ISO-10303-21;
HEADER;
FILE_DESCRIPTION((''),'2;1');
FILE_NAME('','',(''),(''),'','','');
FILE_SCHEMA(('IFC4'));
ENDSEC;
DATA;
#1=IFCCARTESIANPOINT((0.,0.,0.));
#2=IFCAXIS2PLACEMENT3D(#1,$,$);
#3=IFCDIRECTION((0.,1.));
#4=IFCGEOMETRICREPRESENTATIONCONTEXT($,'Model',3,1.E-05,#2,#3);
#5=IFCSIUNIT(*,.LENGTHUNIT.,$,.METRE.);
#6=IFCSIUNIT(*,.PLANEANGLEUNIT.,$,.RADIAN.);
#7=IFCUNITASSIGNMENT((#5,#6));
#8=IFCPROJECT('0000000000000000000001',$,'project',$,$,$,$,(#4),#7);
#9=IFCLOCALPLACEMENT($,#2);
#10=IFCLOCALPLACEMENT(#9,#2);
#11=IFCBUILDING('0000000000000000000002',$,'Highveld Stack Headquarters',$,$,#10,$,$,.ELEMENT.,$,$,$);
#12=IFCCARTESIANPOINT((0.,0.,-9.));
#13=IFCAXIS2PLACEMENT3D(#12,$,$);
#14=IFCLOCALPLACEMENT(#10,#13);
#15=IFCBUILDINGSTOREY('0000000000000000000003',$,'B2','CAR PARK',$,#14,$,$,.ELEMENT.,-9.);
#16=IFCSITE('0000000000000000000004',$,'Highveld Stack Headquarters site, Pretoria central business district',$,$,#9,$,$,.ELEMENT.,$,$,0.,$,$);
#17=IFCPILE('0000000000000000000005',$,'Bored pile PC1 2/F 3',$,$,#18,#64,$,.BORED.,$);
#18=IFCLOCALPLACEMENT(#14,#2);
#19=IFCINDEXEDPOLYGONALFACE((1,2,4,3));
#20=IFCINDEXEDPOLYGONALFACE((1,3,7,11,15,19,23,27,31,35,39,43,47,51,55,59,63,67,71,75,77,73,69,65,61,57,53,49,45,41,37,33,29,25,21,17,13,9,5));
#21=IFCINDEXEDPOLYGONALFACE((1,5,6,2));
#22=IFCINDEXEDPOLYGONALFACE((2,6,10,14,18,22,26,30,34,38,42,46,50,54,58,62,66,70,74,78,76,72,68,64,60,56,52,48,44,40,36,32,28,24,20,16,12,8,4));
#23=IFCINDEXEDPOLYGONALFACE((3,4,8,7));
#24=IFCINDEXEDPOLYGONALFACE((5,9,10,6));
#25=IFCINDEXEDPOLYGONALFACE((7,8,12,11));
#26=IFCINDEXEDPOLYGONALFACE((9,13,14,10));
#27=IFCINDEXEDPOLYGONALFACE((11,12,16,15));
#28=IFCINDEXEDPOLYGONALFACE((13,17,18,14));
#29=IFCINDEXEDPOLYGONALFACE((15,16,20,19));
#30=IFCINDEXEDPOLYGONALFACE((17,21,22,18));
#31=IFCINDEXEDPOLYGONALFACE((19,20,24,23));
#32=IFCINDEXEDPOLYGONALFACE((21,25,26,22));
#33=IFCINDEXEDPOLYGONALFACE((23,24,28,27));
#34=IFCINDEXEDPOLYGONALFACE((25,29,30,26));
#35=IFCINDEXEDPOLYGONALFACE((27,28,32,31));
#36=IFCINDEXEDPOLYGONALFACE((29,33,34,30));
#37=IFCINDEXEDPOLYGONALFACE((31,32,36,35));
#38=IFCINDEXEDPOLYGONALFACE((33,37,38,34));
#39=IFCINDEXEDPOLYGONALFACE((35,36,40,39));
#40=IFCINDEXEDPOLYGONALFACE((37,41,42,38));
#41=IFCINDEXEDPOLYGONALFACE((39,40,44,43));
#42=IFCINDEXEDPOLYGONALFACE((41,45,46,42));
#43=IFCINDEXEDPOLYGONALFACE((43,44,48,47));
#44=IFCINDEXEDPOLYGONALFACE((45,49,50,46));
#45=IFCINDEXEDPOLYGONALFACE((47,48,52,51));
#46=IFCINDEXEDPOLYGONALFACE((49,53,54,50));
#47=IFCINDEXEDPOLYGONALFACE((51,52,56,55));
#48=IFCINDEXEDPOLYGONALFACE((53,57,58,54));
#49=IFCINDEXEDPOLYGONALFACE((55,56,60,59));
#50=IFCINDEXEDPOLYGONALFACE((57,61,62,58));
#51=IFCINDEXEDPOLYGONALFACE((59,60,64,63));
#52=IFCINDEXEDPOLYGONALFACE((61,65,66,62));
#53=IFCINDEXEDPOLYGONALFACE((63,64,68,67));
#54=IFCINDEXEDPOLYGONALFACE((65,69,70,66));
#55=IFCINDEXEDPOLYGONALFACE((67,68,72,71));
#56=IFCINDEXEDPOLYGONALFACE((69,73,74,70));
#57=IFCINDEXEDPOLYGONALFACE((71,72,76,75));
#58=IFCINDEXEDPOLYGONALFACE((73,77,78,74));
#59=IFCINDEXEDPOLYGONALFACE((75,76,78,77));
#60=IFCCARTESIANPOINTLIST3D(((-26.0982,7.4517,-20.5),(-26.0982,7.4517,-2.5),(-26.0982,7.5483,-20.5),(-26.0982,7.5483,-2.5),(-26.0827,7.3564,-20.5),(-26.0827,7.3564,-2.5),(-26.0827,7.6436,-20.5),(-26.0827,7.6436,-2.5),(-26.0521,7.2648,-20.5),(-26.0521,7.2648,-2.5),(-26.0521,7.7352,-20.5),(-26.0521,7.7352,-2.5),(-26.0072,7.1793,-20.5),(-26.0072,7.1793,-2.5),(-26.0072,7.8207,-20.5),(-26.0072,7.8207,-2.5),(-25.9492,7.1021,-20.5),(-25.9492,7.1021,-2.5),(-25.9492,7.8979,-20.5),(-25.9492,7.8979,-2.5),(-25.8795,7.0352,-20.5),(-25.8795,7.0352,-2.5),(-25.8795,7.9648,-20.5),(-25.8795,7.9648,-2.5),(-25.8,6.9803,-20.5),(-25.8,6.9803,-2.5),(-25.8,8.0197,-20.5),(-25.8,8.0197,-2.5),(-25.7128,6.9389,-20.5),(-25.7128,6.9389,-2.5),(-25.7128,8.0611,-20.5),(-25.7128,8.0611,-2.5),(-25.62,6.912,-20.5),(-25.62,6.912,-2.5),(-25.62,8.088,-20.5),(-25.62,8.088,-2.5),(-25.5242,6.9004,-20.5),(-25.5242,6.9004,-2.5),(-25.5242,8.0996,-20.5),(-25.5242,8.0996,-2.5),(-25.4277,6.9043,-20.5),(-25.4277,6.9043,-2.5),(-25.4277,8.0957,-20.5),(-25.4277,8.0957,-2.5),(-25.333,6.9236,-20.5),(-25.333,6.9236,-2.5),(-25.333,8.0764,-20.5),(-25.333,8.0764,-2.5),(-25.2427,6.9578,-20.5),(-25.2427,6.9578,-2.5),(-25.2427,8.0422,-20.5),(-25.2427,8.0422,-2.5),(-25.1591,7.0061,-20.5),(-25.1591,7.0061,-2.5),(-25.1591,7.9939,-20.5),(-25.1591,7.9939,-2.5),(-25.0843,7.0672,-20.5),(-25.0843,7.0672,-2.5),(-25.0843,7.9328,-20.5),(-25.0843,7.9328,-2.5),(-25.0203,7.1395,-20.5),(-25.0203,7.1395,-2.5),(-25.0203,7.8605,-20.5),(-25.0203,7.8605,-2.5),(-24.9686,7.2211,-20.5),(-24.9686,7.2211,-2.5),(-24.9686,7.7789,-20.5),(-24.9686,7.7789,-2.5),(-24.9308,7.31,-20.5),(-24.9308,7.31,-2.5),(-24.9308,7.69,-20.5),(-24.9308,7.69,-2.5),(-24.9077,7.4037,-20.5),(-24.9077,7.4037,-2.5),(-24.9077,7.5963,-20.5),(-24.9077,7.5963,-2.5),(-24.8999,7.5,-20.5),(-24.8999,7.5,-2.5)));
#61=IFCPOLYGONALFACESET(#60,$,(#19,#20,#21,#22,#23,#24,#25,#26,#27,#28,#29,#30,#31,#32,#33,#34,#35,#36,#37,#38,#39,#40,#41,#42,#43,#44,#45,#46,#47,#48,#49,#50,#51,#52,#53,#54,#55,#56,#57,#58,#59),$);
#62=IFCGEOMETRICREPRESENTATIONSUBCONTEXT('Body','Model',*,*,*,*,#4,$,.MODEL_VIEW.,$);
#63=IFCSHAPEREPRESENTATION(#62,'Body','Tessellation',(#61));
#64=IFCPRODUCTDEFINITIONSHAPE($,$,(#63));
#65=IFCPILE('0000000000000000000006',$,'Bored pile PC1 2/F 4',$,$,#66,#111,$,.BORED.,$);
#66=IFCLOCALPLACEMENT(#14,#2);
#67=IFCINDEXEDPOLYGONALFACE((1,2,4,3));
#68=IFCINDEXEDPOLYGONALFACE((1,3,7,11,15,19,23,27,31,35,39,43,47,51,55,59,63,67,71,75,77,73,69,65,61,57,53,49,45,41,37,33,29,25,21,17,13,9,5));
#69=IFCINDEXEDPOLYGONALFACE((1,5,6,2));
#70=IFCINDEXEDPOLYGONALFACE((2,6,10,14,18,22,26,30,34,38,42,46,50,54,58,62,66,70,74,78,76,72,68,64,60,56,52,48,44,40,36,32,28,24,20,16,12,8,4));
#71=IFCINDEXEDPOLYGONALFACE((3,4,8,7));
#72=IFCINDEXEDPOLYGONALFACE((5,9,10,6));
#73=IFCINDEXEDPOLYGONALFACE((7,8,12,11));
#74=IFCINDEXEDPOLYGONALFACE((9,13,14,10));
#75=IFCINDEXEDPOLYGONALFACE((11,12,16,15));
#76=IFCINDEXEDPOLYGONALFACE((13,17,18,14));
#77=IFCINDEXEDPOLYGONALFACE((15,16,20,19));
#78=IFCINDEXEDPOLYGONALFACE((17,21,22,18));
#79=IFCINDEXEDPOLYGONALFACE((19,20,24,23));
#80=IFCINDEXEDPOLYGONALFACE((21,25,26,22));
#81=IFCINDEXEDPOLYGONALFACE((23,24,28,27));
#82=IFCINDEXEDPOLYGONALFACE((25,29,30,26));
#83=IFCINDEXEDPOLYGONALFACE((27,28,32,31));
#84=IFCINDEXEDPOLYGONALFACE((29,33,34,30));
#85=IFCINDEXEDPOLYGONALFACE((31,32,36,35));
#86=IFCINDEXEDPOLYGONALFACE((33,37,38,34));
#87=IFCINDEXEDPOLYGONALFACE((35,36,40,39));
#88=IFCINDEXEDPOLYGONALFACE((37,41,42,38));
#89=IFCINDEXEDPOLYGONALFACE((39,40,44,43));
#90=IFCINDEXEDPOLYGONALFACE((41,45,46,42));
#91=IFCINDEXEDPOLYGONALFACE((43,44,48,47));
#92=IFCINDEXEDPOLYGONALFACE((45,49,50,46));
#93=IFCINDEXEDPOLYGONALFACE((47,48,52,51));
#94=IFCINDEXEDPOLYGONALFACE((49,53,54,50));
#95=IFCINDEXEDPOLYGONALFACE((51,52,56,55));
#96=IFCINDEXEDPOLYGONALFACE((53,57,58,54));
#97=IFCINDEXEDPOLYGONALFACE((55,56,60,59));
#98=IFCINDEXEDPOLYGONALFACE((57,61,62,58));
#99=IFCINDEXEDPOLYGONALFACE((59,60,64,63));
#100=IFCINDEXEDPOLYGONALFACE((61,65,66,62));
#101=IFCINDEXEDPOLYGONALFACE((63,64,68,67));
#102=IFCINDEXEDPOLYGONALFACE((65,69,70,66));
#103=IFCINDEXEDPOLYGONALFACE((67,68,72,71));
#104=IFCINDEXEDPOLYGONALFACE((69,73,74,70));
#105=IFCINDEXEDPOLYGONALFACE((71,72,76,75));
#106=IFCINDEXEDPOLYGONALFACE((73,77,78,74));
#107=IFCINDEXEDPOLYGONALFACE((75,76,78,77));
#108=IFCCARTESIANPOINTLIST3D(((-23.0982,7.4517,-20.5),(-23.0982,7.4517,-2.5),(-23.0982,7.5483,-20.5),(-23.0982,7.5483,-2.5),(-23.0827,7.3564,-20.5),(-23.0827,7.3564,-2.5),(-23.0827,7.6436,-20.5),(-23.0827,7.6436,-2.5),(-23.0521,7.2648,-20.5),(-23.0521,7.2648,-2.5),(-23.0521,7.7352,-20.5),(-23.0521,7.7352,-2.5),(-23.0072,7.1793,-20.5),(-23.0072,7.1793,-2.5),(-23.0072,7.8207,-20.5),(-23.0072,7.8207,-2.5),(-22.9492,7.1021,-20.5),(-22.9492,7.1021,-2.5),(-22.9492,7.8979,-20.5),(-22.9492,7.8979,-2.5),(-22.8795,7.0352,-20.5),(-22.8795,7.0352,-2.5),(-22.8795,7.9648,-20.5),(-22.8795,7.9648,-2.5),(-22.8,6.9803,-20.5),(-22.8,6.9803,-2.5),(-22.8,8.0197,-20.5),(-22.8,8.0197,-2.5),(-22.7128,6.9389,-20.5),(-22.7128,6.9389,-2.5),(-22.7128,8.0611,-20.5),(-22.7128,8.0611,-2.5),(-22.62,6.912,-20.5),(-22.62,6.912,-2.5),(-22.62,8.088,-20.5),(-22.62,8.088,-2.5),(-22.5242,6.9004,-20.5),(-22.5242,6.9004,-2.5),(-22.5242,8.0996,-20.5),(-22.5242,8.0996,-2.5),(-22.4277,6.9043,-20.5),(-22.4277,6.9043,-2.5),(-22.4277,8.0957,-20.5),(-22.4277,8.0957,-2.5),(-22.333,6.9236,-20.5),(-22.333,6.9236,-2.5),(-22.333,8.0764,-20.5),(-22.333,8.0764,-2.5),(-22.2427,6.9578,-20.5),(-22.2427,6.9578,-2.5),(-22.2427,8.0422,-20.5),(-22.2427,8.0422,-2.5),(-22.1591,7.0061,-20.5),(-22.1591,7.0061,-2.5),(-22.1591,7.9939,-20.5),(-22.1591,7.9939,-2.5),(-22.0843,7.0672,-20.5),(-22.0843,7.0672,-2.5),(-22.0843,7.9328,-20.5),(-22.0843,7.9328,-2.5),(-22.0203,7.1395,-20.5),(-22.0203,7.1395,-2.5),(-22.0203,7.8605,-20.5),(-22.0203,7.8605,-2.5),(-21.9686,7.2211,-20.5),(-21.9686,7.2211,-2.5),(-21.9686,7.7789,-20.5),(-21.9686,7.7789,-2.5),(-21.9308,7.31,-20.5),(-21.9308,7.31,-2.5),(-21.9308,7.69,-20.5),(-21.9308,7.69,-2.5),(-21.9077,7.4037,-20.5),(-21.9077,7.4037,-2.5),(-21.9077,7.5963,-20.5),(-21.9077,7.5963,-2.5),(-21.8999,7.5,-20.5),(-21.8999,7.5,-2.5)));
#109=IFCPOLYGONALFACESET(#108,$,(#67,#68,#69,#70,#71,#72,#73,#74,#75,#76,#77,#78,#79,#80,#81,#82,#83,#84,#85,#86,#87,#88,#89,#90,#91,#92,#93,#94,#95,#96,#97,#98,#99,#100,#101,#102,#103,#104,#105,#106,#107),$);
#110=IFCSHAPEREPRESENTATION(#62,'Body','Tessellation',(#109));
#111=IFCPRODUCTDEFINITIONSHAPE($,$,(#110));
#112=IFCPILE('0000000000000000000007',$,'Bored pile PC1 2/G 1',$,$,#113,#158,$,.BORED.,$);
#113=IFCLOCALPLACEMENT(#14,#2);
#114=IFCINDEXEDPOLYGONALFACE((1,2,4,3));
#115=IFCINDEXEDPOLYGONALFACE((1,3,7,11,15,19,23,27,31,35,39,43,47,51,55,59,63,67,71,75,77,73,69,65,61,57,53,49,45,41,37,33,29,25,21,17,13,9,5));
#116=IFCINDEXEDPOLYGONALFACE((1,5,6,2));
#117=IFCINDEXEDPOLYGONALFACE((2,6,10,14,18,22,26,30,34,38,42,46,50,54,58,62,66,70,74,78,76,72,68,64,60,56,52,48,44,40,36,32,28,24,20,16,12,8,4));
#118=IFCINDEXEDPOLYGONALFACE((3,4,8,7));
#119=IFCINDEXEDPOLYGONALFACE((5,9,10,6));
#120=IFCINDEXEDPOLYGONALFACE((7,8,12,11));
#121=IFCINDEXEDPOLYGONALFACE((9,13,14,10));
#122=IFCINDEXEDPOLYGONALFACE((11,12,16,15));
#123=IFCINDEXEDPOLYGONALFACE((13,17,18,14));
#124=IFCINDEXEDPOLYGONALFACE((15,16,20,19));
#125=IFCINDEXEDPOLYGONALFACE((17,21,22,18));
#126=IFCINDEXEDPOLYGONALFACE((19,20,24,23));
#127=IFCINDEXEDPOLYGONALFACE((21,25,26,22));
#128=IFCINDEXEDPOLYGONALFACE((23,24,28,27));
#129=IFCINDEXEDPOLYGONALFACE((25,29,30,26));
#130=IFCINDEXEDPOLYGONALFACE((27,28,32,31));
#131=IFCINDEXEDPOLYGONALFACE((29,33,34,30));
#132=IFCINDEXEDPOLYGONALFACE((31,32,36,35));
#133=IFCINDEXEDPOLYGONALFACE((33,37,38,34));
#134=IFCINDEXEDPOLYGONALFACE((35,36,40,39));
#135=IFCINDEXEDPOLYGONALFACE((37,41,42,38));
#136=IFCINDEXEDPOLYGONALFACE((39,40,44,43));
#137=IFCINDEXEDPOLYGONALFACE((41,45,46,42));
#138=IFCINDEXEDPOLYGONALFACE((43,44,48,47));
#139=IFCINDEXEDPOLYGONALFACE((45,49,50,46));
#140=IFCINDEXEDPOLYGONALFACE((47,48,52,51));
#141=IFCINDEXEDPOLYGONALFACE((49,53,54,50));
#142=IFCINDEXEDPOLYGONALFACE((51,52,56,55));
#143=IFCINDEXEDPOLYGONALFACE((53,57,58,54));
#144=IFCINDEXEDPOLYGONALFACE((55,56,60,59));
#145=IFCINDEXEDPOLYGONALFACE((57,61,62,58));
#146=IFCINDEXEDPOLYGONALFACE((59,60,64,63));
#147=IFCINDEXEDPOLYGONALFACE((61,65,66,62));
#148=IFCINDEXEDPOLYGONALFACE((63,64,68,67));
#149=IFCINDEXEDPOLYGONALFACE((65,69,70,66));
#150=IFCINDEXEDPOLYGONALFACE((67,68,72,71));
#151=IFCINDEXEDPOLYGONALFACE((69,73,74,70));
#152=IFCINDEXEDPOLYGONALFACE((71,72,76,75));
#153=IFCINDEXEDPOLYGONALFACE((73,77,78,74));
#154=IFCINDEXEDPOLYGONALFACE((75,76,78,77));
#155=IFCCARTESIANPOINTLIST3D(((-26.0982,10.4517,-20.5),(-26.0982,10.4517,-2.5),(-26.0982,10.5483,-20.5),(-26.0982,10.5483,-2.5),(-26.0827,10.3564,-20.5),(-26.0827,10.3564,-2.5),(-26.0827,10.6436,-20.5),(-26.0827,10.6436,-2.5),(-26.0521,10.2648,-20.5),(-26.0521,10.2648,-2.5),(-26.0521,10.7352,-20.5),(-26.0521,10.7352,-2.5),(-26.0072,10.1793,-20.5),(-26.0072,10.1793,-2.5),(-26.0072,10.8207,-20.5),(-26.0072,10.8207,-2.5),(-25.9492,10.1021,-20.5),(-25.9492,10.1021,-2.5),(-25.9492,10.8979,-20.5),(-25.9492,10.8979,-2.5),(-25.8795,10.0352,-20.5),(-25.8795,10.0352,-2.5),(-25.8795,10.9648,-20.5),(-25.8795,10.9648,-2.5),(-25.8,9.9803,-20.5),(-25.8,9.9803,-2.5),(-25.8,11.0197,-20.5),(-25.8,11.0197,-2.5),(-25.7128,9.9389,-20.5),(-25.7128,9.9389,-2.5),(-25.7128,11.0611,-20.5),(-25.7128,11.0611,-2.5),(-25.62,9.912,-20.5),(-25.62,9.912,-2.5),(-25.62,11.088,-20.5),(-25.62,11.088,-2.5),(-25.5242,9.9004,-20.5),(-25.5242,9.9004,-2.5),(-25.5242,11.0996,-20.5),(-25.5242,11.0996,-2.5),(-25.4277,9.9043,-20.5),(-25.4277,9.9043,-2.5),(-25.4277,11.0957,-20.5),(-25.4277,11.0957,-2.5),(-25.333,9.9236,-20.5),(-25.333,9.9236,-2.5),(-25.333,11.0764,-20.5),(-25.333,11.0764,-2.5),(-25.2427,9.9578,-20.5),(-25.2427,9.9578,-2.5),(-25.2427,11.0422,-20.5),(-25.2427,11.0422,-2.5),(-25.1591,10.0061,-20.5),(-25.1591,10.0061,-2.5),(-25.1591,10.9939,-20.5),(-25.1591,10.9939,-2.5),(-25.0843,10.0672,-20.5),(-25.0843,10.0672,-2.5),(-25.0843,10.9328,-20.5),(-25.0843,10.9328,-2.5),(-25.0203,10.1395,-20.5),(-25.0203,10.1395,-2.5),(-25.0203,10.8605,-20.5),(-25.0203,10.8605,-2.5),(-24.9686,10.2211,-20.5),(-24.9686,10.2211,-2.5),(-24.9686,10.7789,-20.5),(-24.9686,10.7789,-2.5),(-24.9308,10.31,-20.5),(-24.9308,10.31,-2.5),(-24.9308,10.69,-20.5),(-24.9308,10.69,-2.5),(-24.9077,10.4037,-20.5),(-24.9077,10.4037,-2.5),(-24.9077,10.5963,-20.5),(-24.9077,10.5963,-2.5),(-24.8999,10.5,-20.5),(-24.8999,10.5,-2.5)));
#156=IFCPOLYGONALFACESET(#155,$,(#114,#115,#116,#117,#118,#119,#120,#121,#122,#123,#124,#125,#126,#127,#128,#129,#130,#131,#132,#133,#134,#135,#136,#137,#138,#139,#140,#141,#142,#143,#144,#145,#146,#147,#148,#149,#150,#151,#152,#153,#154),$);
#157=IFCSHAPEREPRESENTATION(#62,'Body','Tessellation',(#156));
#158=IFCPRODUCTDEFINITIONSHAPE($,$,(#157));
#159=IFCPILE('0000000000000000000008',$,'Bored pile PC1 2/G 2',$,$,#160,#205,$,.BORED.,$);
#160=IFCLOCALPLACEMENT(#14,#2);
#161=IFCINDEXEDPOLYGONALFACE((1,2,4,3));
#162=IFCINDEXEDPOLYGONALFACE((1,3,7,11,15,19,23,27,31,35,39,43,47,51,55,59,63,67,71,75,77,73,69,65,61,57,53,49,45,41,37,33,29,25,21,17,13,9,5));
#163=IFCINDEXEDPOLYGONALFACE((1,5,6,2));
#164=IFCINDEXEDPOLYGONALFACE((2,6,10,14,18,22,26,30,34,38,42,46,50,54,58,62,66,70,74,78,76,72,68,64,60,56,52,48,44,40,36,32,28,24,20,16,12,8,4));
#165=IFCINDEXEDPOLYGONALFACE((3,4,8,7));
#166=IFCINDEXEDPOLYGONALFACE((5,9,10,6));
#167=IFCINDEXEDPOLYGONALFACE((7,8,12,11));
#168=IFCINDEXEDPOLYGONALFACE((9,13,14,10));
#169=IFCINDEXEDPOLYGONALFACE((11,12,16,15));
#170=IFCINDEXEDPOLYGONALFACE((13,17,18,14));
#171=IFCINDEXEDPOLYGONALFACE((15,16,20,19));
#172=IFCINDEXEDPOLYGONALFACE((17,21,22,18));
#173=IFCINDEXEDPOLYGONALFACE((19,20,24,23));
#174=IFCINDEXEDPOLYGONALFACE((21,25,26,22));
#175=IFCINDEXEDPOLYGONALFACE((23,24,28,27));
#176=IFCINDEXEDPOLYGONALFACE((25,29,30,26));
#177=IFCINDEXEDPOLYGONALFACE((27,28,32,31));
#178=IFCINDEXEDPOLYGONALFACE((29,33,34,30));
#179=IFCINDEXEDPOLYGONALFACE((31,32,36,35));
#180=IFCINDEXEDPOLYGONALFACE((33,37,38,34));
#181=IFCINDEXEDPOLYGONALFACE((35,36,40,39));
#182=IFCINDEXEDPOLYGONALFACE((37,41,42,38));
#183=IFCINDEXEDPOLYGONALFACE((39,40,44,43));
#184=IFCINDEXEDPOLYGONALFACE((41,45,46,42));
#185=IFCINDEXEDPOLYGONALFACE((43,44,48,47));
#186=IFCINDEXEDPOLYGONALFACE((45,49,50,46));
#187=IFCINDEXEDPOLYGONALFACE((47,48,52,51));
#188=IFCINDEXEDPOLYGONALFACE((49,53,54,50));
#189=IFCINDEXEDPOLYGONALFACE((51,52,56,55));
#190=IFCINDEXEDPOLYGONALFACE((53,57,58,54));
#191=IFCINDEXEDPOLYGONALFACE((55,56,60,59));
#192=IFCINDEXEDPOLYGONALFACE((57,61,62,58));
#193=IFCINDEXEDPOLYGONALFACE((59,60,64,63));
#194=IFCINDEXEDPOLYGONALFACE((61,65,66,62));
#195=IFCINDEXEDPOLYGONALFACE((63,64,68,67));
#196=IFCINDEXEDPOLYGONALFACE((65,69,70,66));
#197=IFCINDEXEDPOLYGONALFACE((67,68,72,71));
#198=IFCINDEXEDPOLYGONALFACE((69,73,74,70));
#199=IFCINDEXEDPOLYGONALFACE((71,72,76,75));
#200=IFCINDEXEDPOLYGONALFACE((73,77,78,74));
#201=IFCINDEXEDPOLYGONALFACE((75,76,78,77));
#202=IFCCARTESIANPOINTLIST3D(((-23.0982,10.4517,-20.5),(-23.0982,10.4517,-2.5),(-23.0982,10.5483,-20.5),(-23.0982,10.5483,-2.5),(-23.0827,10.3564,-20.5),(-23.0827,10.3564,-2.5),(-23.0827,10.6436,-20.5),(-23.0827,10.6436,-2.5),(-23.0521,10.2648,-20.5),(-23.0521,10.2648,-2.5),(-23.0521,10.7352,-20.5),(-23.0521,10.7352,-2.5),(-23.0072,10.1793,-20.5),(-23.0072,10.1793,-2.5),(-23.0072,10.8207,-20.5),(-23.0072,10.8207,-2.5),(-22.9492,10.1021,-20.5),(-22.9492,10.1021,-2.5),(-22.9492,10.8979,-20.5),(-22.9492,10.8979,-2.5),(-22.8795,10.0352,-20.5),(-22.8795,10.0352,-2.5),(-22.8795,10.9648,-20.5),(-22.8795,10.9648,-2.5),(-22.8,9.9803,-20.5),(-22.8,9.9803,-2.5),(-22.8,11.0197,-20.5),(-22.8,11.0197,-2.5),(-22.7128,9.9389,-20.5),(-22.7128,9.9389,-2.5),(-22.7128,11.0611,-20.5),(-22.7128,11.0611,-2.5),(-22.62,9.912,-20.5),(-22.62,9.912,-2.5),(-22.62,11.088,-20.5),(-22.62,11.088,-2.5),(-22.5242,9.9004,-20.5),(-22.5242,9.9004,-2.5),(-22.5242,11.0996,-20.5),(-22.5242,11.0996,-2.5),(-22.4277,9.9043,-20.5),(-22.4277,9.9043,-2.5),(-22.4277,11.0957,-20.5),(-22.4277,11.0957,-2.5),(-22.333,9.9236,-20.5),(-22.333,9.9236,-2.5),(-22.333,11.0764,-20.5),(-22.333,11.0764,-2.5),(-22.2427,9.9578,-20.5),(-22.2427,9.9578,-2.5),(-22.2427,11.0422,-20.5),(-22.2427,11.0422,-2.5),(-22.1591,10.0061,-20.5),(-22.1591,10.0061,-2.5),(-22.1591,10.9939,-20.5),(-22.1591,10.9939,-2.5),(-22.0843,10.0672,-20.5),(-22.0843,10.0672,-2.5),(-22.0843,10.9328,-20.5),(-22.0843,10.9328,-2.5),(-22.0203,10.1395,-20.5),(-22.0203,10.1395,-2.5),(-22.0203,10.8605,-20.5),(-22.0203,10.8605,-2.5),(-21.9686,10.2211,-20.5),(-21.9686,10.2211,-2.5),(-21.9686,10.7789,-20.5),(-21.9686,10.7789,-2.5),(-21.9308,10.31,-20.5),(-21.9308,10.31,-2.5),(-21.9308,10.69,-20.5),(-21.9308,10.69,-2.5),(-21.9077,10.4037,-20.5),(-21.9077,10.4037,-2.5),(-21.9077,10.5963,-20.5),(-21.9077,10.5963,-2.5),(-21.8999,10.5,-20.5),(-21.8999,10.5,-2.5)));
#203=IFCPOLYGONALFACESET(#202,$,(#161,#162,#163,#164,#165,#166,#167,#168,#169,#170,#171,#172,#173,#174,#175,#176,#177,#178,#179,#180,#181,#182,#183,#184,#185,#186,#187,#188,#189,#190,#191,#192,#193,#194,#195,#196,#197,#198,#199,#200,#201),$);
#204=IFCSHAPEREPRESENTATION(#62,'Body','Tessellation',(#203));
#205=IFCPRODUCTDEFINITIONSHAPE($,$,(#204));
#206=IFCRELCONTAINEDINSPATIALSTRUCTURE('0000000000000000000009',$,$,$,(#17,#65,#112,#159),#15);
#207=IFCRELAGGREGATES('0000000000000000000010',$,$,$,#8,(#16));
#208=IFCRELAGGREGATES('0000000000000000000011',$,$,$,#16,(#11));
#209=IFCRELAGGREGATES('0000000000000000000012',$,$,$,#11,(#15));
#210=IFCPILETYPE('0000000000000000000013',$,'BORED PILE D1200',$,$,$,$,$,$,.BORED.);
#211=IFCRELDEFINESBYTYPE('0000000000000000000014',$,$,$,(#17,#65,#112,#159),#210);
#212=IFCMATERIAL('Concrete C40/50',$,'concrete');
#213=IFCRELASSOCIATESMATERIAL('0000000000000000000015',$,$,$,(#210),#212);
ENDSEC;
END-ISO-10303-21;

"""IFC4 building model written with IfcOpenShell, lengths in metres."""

from ifc_helpers import new_model, si_unit, direction, frame, origin, origin_2d, place, context, subcontext, project, spatial, circle, extrude, material, type_object, element, save


model = new_model("IFC4")

# Units and contexts
model_context = context("Model", 3, precision=1e-05, world=origin(), true_north=direction((0.0, 1.0)))
body_context = subcontext(model_context, "Body", "Model", "MODEL_VIEW")
ifc_project = project(units=[si_unit("LENGTHUNIT", "METRE"), si_unit("PLANEANGLEUNIT", "RADIAN")], contexts=[model_context])

# Site, building, storey
site_placement = place(None, origin())
site = spatial("IfcSite", under=ifc_project, at=site_placement, Name="Highveld Stack Headquarters site, Pretoria central business district", CompositionType="ELEMENT", RefElevation=0.0)
building_placement = place(site_placement, origin())
building = spatial("IfcBuilding", under=site, at=building_placement, Name="Highveld Stack Headquarters", CompositionType="ELEMENT")
storey_placement = place(building_placement, frame((0.0, 0.0, -9.0)))
storey = spatial("IfcBuildingStorey", under=building, at=storey_placement, Name="B2", Description="CAR PARK", CompositionType="ELEMENT", Elevation=-9.0)

# Piles
ifc_material_1 = material(Name="Concrete C40/50", Category="concrete")
pile_type_1 = type_object("IfcPileType", Name="BORED PILE D1200", PredefinedType="BORED", material=ifc_material_1)
for number, where, z_axis, x_axis, name in (
    (1, (-25.5, 7.5, -2.5), (0.0, 0.0, -1.0), (1.0, 0.0, 0.0), "Bored pile PC1 2/F 3"),
    (2, (-22.5, 7.5, -2.5), (0.0, 0.0, -1.0), (1.0, 0.0, 0.0), "Bored pile PC1 2/F 4"),
    (3, (-25.5, 10.5, -2.5), (0.0, 0.0, -1.0), (1.0, 0.0, 0.0), "Bored pile PC1 2/G 1"),
    (4, (-22.5, 10.5, -2.5), (0.0, 0.0, -1.0), (1.0, 0.0, 0.0), "Bored pile PC1 2/G 2"),
):
    element("IfcPile", number, at=place(storey_placement, frame(where, z_axis=z_axis, x_axis=x_axis)), inside=storey, type_object=pile_type_1, Name=name, PredefinedType="BORED", context=body_context, shape_type="SweptSolid", body=[
        extrude(circle(Radius=0.6001, at=origin_2d()), origin(), (0.0, 0.0, 1.0), 18.0),
    ])

save(model, "model.ifc")
